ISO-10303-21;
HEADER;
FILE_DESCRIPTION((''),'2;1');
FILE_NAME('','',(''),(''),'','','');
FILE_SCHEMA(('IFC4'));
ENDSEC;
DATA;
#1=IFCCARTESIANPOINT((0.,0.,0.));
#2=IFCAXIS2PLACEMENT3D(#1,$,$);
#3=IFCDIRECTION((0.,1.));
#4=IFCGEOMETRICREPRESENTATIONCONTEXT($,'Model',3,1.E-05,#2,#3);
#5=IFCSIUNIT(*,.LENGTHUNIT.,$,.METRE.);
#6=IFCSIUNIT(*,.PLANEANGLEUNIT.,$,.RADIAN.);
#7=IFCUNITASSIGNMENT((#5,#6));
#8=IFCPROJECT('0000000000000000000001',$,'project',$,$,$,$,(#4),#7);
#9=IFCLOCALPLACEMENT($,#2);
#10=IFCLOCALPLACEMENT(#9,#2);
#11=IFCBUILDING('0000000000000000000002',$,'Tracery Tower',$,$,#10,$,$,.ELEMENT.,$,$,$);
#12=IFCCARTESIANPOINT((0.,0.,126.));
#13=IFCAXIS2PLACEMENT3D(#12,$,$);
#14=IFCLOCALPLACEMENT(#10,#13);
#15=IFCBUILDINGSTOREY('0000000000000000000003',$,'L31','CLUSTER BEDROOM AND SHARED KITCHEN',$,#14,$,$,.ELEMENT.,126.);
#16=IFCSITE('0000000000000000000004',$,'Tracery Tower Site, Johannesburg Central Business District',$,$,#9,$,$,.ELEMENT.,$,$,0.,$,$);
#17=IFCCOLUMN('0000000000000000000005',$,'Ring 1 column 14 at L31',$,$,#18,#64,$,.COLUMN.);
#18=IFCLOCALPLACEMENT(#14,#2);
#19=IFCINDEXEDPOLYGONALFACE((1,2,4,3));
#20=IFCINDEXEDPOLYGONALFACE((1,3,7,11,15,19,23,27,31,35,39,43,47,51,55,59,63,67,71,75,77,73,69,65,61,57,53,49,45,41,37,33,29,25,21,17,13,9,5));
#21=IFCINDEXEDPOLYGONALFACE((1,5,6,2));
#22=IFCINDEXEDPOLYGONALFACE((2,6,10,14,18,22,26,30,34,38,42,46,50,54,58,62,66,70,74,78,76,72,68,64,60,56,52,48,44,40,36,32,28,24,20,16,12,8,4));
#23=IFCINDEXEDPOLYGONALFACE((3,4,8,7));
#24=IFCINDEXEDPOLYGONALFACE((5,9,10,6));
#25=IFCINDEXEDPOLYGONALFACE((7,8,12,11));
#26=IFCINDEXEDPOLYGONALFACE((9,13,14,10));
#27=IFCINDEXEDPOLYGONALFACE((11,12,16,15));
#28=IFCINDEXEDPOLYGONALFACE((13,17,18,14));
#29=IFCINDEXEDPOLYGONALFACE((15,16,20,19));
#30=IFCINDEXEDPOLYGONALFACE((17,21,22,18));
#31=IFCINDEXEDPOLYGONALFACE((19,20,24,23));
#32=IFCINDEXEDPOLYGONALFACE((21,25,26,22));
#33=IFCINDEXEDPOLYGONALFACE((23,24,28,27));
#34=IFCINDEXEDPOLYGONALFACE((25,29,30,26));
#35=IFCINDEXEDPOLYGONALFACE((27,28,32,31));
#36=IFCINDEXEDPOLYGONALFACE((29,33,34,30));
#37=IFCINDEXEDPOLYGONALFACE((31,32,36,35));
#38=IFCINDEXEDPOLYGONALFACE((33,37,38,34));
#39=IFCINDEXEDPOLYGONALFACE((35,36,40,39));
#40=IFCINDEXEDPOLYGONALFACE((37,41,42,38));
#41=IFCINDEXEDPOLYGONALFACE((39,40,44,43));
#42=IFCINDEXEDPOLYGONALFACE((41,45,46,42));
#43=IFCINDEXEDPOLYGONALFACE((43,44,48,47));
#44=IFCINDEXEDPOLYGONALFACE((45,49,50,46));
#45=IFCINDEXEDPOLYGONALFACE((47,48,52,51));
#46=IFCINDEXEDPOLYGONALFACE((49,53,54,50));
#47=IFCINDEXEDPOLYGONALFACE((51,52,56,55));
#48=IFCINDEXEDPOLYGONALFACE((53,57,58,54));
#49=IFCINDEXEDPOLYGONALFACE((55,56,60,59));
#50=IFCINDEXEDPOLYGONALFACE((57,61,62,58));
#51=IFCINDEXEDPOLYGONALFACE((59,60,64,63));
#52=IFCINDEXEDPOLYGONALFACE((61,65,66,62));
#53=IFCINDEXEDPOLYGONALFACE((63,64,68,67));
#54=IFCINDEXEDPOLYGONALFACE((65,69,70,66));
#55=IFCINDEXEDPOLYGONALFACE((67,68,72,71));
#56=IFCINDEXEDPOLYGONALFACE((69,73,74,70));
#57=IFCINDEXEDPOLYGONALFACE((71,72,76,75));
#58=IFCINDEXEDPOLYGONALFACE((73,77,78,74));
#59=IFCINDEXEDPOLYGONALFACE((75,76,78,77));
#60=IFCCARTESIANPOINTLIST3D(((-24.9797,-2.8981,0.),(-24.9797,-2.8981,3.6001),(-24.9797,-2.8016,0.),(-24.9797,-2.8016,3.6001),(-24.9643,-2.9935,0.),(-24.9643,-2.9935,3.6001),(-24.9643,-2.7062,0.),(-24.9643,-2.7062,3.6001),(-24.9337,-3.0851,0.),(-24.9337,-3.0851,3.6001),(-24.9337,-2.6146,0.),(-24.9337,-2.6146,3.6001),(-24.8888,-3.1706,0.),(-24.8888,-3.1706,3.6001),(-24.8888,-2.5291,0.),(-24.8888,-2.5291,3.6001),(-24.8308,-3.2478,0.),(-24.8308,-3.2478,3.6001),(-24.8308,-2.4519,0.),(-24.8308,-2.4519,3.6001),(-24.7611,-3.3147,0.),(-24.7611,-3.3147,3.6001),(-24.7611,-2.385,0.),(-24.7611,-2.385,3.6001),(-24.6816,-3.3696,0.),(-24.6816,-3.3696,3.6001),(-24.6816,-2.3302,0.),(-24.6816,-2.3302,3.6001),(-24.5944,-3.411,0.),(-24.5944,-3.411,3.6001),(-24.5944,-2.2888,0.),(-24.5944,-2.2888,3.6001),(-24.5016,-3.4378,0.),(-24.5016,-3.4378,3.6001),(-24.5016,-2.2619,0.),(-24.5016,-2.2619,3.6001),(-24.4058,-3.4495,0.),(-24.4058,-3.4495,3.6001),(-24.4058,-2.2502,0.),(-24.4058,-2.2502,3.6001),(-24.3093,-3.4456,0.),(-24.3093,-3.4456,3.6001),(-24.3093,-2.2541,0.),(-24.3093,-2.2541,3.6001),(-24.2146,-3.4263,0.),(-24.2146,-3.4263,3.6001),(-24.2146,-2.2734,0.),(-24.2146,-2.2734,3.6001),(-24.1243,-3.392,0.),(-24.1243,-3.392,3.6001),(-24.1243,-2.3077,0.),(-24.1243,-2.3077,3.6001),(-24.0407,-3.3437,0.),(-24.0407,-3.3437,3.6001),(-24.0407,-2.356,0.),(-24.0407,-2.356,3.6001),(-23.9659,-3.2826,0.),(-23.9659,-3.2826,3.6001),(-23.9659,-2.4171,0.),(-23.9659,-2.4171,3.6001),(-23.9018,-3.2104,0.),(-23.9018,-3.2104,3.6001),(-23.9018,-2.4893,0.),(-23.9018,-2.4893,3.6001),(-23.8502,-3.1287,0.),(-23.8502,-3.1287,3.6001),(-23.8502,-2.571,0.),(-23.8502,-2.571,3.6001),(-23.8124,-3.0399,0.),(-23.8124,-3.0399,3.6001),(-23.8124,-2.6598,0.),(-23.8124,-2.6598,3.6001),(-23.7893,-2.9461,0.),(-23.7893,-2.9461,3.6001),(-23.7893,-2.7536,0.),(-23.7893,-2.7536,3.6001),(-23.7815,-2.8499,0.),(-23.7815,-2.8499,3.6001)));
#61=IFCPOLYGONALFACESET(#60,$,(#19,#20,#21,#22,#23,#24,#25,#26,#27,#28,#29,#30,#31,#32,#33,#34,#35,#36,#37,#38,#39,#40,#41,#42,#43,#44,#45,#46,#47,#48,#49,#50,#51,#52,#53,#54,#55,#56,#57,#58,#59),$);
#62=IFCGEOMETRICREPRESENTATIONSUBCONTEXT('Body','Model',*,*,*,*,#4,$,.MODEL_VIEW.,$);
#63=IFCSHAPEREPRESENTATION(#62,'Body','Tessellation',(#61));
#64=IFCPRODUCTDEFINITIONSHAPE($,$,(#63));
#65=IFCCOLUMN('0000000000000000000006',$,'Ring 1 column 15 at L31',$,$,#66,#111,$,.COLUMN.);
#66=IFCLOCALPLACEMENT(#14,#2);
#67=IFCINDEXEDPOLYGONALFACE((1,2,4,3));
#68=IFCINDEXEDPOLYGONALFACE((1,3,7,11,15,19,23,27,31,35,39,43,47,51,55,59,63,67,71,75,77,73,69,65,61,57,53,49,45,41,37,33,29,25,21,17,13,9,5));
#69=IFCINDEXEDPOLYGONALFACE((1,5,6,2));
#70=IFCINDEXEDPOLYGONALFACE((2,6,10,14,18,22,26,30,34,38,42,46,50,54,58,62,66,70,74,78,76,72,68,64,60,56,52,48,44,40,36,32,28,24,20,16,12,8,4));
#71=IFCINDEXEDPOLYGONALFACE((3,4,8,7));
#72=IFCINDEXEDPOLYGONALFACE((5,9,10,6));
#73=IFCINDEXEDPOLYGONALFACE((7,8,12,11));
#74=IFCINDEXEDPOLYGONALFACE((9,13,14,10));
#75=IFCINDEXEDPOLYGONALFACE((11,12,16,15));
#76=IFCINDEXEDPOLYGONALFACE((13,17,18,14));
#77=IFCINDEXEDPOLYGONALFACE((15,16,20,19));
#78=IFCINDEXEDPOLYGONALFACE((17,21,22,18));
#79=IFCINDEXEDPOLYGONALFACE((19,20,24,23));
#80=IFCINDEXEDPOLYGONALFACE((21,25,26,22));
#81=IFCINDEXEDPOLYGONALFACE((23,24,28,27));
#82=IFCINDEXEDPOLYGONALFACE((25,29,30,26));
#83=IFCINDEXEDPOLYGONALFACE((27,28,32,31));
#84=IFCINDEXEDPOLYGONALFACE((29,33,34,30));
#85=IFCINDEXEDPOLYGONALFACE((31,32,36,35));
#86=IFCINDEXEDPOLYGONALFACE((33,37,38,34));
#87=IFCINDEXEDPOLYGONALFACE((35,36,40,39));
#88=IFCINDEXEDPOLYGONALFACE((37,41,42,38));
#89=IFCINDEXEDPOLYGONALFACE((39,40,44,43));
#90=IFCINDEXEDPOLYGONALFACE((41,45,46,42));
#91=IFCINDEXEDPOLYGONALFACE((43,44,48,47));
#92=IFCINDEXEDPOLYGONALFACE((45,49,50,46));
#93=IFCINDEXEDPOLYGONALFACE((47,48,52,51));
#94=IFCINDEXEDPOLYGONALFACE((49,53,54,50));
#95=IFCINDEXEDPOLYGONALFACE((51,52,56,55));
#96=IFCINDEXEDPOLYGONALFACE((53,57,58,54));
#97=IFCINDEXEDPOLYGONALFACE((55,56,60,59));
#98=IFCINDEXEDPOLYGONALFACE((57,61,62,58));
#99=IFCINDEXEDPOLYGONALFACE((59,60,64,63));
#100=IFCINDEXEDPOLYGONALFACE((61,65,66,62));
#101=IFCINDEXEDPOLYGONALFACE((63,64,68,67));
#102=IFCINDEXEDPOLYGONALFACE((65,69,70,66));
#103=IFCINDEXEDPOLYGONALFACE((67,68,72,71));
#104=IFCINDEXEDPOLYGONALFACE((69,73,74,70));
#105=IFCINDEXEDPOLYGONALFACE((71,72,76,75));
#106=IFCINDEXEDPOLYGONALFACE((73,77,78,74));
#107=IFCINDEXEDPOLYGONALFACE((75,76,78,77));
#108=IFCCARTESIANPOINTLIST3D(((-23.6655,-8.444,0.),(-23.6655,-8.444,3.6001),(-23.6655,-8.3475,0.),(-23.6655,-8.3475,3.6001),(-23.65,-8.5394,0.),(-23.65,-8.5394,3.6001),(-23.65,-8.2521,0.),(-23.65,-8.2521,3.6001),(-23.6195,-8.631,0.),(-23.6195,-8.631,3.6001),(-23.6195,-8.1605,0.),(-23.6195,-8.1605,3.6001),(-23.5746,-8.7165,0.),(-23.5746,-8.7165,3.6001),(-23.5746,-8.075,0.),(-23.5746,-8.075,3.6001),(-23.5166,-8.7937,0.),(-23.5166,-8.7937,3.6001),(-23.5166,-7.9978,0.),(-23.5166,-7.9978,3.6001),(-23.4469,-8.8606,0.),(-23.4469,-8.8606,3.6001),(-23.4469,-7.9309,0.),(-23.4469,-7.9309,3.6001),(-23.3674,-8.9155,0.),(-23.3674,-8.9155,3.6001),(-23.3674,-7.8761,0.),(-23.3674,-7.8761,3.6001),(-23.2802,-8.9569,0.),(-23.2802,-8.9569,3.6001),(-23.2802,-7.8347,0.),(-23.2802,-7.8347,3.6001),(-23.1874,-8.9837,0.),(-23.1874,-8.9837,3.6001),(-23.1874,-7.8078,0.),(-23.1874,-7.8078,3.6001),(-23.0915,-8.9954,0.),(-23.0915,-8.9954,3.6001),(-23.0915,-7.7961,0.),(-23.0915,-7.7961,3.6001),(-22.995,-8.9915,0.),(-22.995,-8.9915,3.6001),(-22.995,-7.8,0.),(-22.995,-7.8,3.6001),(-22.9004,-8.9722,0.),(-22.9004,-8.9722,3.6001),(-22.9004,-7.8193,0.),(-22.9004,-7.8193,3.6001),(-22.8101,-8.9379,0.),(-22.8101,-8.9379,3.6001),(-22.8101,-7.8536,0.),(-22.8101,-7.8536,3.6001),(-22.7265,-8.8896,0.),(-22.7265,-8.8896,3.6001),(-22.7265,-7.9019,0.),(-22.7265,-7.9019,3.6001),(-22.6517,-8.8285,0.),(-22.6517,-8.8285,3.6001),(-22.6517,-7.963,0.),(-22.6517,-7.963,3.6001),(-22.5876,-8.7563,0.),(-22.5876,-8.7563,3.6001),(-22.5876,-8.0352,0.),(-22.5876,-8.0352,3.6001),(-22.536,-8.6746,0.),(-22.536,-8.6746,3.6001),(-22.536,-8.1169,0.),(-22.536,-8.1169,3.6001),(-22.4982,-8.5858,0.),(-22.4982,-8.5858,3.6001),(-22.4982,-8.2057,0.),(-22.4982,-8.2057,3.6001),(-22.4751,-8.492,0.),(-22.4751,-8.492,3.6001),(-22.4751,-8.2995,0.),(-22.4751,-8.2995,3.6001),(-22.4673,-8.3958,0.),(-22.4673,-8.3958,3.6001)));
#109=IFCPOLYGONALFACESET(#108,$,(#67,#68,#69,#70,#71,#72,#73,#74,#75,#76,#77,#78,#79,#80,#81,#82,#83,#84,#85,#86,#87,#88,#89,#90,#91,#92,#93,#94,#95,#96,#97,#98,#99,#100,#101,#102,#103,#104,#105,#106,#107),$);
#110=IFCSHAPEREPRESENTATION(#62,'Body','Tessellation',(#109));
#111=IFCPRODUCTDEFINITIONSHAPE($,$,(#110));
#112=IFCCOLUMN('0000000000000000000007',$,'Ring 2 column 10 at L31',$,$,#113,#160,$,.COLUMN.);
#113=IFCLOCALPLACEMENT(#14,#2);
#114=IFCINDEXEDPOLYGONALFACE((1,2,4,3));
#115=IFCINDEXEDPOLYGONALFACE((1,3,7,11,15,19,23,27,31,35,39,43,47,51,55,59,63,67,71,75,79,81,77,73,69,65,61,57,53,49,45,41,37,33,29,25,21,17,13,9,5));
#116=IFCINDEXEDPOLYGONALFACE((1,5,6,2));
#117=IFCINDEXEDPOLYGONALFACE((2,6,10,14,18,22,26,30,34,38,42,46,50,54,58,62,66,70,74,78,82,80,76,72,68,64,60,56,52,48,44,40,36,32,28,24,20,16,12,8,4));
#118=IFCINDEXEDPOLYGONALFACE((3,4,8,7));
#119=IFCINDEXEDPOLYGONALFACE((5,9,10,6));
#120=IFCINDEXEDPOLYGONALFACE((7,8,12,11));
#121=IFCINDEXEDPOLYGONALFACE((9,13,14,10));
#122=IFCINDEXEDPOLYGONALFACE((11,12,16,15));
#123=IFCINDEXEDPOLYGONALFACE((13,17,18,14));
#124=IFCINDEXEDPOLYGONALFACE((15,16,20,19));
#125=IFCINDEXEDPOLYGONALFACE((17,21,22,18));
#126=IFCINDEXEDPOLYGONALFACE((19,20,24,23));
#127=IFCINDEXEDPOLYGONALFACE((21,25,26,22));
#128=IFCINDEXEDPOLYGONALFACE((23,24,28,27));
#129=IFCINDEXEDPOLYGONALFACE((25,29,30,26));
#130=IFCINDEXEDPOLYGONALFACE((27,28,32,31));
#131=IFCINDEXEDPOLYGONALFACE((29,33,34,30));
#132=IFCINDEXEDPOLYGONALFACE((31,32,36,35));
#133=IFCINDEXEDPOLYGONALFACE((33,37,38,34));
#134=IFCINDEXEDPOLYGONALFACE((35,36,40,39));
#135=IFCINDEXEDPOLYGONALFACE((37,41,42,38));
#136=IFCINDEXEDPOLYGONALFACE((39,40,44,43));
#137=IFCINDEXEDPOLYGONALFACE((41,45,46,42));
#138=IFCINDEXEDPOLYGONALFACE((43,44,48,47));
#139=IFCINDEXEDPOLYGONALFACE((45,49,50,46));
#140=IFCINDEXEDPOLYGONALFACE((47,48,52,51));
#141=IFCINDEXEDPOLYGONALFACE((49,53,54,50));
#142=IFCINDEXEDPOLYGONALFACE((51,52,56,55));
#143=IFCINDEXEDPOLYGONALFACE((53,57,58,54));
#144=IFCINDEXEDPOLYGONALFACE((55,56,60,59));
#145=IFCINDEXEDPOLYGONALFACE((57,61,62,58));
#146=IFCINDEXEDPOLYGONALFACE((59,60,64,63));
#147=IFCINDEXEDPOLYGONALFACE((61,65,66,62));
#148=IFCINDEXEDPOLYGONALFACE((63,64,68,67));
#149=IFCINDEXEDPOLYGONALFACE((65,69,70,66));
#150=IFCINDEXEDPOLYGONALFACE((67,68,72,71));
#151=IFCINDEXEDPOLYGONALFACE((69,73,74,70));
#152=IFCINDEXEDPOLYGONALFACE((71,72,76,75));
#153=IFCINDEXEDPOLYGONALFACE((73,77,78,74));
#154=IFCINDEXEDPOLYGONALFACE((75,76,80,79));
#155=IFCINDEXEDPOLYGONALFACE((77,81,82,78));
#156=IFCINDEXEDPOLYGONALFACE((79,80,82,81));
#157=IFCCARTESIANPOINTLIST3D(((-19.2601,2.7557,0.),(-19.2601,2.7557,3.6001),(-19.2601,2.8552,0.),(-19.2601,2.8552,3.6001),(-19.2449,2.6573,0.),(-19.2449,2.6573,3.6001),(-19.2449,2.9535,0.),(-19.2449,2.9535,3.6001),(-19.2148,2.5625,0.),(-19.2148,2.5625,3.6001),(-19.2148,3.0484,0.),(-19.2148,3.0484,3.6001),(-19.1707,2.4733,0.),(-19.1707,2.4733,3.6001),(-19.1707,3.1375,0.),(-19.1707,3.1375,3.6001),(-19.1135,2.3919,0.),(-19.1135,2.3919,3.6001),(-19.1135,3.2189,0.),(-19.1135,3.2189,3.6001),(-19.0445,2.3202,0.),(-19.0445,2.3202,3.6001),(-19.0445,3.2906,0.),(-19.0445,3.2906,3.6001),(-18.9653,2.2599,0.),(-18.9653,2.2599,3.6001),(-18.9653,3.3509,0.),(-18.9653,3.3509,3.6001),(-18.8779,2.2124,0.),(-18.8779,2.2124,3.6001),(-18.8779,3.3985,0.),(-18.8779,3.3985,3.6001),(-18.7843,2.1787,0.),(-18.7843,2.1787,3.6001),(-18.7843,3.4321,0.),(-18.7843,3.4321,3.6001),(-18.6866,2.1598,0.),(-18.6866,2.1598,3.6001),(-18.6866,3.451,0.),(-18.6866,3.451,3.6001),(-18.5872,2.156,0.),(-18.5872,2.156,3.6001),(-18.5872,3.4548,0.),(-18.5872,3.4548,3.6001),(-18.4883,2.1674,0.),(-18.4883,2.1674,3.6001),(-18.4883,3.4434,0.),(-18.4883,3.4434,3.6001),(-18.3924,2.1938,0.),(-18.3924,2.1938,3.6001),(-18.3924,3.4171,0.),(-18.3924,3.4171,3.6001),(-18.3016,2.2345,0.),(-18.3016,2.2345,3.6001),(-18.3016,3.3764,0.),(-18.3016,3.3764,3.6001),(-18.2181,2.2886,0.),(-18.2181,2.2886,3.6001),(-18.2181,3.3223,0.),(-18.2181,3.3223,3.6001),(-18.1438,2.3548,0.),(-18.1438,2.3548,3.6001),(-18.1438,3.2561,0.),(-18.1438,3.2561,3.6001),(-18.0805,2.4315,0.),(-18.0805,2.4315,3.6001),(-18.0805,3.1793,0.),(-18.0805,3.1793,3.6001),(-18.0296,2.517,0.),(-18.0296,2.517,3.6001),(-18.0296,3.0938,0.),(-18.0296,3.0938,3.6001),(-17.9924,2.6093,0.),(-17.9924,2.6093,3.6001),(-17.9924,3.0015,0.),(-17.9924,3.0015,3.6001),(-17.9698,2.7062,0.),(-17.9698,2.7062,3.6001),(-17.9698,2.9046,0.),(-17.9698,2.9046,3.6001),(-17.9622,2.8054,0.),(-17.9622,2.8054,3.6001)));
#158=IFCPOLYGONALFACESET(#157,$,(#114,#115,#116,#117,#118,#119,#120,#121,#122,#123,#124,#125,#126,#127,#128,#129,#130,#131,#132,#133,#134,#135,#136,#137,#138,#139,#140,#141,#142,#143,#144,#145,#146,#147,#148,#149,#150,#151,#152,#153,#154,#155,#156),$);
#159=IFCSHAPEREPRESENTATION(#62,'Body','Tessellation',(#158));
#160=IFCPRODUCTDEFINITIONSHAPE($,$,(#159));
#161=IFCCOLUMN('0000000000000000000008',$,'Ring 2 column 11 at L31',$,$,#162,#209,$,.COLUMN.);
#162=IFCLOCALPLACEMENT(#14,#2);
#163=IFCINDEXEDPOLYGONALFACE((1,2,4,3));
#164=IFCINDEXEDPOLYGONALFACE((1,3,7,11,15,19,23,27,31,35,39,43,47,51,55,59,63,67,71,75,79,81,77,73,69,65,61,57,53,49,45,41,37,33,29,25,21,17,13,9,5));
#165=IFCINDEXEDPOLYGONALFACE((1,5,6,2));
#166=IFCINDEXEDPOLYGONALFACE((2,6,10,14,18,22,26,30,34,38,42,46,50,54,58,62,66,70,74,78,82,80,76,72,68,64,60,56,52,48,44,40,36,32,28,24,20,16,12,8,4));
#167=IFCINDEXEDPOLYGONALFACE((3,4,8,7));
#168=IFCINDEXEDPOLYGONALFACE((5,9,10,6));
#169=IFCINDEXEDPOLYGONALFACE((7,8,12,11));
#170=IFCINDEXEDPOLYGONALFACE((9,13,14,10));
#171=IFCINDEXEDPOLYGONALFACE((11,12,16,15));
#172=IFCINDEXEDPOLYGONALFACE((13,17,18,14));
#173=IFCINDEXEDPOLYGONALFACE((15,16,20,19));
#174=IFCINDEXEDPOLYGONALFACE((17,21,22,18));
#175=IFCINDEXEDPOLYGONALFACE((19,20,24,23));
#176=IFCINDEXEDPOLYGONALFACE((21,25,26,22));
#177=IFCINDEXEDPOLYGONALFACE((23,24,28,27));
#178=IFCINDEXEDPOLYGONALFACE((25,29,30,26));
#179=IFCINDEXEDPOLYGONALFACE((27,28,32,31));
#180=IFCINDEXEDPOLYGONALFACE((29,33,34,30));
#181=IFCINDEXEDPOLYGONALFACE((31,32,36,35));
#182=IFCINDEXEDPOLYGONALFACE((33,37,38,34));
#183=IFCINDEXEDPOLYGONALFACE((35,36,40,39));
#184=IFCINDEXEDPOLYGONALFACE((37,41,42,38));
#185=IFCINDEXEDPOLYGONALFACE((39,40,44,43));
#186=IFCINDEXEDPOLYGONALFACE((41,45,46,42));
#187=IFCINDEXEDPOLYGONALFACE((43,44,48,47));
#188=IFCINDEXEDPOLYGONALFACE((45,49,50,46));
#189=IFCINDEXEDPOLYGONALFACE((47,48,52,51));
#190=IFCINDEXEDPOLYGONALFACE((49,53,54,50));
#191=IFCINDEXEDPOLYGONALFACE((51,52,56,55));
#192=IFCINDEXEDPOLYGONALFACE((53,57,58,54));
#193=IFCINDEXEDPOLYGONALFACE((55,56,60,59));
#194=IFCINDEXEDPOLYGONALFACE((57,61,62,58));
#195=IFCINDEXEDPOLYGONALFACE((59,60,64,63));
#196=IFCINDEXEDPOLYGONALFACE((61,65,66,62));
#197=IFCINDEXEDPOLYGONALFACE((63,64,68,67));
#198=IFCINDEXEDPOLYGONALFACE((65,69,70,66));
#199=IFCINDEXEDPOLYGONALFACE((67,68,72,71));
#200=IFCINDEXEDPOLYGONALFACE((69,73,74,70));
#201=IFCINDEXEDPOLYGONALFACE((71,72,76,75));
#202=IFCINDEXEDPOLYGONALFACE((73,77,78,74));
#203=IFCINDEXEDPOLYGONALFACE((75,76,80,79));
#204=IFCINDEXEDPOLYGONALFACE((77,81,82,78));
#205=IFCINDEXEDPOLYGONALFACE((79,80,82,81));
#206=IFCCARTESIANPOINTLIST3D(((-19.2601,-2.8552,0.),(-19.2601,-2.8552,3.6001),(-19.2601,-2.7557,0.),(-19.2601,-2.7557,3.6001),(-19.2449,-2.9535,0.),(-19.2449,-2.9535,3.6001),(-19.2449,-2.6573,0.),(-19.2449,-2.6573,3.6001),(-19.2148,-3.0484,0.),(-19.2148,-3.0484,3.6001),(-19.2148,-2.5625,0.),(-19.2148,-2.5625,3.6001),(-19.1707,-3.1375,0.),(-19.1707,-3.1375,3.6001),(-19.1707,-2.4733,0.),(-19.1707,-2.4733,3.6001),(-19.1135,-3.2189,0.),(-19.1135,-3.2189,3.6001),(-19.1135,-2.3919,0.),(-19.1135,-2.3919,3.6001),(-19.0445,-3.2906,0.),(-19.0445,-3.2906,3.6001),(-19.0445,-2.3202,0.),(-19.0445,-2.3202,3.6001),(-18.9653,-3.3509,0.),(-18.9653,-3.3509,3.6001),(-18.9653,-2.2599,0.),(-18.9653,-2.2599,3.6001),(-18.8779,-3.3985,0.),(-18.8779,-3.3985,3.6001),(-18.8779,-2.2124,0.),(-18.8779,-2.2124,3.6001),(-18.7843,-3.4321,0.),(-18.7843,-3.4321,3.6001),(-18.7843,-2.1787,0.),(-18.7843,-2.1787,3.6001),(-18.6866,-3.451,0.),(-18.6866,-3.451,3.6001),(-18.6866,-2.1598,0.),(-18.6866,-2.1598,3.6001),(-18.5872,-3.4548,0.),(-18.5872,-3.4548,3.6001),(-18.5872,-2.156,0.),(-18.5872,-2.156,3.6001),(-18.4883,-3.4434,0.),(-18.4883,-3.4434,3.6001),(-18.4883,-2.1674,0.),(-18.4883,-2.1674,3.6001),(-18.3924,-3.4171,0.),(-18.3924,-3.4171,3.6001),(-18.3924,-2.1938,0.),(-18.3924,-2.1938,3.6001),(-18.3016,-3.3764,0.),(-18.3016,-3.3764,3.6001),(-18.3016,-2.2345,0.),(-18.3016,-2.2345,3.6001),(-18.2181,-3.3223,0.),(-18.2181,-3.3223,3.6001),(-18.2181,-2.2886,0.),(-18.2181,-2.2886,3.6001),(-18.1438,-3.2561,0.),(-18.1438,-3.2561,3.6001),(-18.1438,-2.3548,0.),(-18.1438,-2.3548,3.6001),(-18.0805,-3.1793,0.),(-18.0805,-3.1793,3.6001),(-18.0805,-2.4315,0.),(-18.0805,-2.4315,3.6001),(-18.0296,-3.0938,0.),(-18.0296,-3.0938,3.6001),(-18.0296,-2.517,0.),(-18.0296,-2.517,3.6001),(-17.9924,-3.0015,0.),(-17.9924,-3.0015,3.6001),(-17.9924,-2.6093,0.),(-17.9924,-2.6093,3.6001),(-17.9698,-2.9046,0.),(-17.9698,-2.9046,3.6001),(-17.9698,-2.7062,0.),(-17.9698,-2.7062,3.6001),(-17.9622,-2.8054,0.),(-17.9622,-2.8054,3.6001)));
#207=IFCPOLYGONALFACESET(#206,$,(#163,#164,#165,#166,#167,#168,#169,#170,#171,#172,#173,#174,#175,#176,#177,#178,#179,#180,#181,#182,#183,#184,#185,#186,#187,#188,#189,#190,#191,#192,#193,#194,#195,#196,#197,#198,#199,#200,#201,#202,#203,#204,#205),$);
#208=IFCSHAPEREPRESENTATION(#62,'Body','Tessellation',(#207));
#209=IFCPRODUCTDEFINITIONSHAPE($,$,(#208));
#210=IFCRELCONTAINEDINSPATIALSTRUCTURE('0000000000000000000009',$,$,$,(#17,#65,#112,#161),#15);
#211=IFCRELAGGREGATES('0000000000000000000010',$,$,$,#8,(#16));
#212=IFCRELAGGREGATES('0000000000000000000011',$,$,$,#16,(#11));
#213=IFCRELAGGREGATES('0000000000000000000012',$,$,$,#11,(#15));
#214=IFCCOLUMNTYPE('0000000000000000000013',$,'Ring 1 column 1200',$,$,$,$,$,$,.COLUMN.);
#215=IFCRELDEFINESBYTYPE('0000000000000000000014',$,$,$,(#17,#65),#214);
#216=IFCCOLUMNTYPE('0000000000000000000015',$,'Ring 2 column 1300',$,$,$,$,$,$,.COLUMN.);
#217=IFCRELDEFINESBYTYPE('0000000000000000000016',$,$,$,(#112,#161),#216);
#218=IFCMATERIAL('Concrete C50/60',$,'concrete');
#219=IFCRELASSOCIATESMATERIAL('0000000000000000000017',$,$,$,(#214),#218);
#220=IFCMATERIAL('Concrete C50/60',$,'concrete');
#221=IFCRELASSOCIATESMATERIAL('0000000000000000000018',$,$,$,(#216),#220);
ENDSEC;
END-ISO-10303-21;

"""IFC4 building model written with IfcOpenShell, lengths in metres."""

from ifc_helpers import new_model, si_unit, direction, frame, origin, origin_2d, place, context, subcontext, project, spatial, circle, extrude, material, material_profile, profile_set, type_object, element, save


model = new_model("IFC4")

# Units and contexts
model_context = context("Model", 3, precision=1e-05, world=origin(), true_north=direction((0.0, 1.0)))
body_context = subcontext(model_context, "Body", "Model", "MODEL_VIEW")
ifc_project = project(units=[si_unit("LENGTHUNIT", "METRE"), si_unit("PLANEANGLEUNIT", "RADIAN")], contexts=[model_context])

# Site, building, storey
site_placement = place(None, origin())
site = spatial("IfcSite", under=ifc_project, at=site_placement, Name="Tracery Tower Site, Johannesburg Central Business District", CompositionType="ELEMENT", RefElevation=0.0)
building_placement = place(site_placement, origin())
building = spatial("IfcBuilding", under=site, at=building_placement, Name="Tracery Tower", CompositionType="ELEMENT")
storey_placement = place(building_placement, frame((0.0, 0.0, 126.0)))
storey = spatial("IfcBuildingStorey", under=building, at=storey_placement, Name="L31", Description="CLUSTER BEDROOM AND SHARED KITCHEN", CompositionType="ELEMENT", Elevation=126.0)

# Columns
ifc_material_1 = material(Name="Concrete C50/60", Category="concrete")
ifc_material_profile_1 = material_profile(ifc_material_1, circle(Radius=0.6001, at=origin_2d()), Name="RC D1200")
ifc_profile_set_1 = profile_set([ifc_material_profile_1], Name="Concrete C50/60")
column_type_1 = type_object("IfcColumnType", Name="Ring 1 column 1200", PredefinedType="COLUMN", material=ifc_profile_set_1)
for number, where, z_axis, x_axis, name in (
    (1, (-24.3816, -2.8499, 0.0), (0.0, 0.0, 1.0), (1.0, 0.0, 0.0), "Ring 1 column 14 at L31"),
    (2, (-23.0674, -8.3958, 0.0), (0.0, 0.0, 1.0), (1.0, 0.0, 0.0), "Ring 1 column 15 at L31"),
):
    element("IfcColumn", number, at=place(storey_placement, frame(where, z_axis=z_axis, x_axis=x_axis)), inside=storey, type_object=column_type_1, Name=name, PredefinedType="COLUMN", context=body_context, shape_type="SweptSolid", body=[
        extrude(circle(Radius=0.6001, at=origin_2d()), origin(), (0.0, 0.0, 1.0), 3.6001),
    ])
ifc_material_2 = material(Name="Concrete C50/60", Category="concrete")
ifc_material_profile_2 = material_profile(ifc_material_2, circle(Radius=0.6499, at=origin_2d()), Name="RC D1300")
ifc_profile_set_2 = profile_set([ifc_material_profile_2], Name="Concrete C50/60")
column_type_2 = type_object("IfcColumnType", Name="Ring 2 column 1300", PredefinedType="COLUMN", material=ifc_profile_set_2)
for number, where, z_axis, x_axis, name in (
    (3, (-18.6121, 2.8054, 0.0), (0.0, 0.0, 1.0), (1.0, 0.0, 0.0), "Ring 2 column 10 at L31"),
    (4, (-18.6121, -2.8054, 0.0), (0.0, 0.0, 1.0), (1.0, 0.0, 0.0), "Ring 2 column 11 at L31"),
):
    element("IfcColumn", number, at=place(storey_placement, frame(where, z_axis=z_axis, x_axis=x_axis)), inside=storey, type_object=column_type_2, Name=name, PredefinedType="COLUMN", context=body_context, shape_type="SweptSolid", body=[
        extrude(circle(Radius=0.6499, at=origin_2d()), origin(), (0.0, 0.0, 1.0), 3.6001),
    ])

save(model, "model.ifc")
